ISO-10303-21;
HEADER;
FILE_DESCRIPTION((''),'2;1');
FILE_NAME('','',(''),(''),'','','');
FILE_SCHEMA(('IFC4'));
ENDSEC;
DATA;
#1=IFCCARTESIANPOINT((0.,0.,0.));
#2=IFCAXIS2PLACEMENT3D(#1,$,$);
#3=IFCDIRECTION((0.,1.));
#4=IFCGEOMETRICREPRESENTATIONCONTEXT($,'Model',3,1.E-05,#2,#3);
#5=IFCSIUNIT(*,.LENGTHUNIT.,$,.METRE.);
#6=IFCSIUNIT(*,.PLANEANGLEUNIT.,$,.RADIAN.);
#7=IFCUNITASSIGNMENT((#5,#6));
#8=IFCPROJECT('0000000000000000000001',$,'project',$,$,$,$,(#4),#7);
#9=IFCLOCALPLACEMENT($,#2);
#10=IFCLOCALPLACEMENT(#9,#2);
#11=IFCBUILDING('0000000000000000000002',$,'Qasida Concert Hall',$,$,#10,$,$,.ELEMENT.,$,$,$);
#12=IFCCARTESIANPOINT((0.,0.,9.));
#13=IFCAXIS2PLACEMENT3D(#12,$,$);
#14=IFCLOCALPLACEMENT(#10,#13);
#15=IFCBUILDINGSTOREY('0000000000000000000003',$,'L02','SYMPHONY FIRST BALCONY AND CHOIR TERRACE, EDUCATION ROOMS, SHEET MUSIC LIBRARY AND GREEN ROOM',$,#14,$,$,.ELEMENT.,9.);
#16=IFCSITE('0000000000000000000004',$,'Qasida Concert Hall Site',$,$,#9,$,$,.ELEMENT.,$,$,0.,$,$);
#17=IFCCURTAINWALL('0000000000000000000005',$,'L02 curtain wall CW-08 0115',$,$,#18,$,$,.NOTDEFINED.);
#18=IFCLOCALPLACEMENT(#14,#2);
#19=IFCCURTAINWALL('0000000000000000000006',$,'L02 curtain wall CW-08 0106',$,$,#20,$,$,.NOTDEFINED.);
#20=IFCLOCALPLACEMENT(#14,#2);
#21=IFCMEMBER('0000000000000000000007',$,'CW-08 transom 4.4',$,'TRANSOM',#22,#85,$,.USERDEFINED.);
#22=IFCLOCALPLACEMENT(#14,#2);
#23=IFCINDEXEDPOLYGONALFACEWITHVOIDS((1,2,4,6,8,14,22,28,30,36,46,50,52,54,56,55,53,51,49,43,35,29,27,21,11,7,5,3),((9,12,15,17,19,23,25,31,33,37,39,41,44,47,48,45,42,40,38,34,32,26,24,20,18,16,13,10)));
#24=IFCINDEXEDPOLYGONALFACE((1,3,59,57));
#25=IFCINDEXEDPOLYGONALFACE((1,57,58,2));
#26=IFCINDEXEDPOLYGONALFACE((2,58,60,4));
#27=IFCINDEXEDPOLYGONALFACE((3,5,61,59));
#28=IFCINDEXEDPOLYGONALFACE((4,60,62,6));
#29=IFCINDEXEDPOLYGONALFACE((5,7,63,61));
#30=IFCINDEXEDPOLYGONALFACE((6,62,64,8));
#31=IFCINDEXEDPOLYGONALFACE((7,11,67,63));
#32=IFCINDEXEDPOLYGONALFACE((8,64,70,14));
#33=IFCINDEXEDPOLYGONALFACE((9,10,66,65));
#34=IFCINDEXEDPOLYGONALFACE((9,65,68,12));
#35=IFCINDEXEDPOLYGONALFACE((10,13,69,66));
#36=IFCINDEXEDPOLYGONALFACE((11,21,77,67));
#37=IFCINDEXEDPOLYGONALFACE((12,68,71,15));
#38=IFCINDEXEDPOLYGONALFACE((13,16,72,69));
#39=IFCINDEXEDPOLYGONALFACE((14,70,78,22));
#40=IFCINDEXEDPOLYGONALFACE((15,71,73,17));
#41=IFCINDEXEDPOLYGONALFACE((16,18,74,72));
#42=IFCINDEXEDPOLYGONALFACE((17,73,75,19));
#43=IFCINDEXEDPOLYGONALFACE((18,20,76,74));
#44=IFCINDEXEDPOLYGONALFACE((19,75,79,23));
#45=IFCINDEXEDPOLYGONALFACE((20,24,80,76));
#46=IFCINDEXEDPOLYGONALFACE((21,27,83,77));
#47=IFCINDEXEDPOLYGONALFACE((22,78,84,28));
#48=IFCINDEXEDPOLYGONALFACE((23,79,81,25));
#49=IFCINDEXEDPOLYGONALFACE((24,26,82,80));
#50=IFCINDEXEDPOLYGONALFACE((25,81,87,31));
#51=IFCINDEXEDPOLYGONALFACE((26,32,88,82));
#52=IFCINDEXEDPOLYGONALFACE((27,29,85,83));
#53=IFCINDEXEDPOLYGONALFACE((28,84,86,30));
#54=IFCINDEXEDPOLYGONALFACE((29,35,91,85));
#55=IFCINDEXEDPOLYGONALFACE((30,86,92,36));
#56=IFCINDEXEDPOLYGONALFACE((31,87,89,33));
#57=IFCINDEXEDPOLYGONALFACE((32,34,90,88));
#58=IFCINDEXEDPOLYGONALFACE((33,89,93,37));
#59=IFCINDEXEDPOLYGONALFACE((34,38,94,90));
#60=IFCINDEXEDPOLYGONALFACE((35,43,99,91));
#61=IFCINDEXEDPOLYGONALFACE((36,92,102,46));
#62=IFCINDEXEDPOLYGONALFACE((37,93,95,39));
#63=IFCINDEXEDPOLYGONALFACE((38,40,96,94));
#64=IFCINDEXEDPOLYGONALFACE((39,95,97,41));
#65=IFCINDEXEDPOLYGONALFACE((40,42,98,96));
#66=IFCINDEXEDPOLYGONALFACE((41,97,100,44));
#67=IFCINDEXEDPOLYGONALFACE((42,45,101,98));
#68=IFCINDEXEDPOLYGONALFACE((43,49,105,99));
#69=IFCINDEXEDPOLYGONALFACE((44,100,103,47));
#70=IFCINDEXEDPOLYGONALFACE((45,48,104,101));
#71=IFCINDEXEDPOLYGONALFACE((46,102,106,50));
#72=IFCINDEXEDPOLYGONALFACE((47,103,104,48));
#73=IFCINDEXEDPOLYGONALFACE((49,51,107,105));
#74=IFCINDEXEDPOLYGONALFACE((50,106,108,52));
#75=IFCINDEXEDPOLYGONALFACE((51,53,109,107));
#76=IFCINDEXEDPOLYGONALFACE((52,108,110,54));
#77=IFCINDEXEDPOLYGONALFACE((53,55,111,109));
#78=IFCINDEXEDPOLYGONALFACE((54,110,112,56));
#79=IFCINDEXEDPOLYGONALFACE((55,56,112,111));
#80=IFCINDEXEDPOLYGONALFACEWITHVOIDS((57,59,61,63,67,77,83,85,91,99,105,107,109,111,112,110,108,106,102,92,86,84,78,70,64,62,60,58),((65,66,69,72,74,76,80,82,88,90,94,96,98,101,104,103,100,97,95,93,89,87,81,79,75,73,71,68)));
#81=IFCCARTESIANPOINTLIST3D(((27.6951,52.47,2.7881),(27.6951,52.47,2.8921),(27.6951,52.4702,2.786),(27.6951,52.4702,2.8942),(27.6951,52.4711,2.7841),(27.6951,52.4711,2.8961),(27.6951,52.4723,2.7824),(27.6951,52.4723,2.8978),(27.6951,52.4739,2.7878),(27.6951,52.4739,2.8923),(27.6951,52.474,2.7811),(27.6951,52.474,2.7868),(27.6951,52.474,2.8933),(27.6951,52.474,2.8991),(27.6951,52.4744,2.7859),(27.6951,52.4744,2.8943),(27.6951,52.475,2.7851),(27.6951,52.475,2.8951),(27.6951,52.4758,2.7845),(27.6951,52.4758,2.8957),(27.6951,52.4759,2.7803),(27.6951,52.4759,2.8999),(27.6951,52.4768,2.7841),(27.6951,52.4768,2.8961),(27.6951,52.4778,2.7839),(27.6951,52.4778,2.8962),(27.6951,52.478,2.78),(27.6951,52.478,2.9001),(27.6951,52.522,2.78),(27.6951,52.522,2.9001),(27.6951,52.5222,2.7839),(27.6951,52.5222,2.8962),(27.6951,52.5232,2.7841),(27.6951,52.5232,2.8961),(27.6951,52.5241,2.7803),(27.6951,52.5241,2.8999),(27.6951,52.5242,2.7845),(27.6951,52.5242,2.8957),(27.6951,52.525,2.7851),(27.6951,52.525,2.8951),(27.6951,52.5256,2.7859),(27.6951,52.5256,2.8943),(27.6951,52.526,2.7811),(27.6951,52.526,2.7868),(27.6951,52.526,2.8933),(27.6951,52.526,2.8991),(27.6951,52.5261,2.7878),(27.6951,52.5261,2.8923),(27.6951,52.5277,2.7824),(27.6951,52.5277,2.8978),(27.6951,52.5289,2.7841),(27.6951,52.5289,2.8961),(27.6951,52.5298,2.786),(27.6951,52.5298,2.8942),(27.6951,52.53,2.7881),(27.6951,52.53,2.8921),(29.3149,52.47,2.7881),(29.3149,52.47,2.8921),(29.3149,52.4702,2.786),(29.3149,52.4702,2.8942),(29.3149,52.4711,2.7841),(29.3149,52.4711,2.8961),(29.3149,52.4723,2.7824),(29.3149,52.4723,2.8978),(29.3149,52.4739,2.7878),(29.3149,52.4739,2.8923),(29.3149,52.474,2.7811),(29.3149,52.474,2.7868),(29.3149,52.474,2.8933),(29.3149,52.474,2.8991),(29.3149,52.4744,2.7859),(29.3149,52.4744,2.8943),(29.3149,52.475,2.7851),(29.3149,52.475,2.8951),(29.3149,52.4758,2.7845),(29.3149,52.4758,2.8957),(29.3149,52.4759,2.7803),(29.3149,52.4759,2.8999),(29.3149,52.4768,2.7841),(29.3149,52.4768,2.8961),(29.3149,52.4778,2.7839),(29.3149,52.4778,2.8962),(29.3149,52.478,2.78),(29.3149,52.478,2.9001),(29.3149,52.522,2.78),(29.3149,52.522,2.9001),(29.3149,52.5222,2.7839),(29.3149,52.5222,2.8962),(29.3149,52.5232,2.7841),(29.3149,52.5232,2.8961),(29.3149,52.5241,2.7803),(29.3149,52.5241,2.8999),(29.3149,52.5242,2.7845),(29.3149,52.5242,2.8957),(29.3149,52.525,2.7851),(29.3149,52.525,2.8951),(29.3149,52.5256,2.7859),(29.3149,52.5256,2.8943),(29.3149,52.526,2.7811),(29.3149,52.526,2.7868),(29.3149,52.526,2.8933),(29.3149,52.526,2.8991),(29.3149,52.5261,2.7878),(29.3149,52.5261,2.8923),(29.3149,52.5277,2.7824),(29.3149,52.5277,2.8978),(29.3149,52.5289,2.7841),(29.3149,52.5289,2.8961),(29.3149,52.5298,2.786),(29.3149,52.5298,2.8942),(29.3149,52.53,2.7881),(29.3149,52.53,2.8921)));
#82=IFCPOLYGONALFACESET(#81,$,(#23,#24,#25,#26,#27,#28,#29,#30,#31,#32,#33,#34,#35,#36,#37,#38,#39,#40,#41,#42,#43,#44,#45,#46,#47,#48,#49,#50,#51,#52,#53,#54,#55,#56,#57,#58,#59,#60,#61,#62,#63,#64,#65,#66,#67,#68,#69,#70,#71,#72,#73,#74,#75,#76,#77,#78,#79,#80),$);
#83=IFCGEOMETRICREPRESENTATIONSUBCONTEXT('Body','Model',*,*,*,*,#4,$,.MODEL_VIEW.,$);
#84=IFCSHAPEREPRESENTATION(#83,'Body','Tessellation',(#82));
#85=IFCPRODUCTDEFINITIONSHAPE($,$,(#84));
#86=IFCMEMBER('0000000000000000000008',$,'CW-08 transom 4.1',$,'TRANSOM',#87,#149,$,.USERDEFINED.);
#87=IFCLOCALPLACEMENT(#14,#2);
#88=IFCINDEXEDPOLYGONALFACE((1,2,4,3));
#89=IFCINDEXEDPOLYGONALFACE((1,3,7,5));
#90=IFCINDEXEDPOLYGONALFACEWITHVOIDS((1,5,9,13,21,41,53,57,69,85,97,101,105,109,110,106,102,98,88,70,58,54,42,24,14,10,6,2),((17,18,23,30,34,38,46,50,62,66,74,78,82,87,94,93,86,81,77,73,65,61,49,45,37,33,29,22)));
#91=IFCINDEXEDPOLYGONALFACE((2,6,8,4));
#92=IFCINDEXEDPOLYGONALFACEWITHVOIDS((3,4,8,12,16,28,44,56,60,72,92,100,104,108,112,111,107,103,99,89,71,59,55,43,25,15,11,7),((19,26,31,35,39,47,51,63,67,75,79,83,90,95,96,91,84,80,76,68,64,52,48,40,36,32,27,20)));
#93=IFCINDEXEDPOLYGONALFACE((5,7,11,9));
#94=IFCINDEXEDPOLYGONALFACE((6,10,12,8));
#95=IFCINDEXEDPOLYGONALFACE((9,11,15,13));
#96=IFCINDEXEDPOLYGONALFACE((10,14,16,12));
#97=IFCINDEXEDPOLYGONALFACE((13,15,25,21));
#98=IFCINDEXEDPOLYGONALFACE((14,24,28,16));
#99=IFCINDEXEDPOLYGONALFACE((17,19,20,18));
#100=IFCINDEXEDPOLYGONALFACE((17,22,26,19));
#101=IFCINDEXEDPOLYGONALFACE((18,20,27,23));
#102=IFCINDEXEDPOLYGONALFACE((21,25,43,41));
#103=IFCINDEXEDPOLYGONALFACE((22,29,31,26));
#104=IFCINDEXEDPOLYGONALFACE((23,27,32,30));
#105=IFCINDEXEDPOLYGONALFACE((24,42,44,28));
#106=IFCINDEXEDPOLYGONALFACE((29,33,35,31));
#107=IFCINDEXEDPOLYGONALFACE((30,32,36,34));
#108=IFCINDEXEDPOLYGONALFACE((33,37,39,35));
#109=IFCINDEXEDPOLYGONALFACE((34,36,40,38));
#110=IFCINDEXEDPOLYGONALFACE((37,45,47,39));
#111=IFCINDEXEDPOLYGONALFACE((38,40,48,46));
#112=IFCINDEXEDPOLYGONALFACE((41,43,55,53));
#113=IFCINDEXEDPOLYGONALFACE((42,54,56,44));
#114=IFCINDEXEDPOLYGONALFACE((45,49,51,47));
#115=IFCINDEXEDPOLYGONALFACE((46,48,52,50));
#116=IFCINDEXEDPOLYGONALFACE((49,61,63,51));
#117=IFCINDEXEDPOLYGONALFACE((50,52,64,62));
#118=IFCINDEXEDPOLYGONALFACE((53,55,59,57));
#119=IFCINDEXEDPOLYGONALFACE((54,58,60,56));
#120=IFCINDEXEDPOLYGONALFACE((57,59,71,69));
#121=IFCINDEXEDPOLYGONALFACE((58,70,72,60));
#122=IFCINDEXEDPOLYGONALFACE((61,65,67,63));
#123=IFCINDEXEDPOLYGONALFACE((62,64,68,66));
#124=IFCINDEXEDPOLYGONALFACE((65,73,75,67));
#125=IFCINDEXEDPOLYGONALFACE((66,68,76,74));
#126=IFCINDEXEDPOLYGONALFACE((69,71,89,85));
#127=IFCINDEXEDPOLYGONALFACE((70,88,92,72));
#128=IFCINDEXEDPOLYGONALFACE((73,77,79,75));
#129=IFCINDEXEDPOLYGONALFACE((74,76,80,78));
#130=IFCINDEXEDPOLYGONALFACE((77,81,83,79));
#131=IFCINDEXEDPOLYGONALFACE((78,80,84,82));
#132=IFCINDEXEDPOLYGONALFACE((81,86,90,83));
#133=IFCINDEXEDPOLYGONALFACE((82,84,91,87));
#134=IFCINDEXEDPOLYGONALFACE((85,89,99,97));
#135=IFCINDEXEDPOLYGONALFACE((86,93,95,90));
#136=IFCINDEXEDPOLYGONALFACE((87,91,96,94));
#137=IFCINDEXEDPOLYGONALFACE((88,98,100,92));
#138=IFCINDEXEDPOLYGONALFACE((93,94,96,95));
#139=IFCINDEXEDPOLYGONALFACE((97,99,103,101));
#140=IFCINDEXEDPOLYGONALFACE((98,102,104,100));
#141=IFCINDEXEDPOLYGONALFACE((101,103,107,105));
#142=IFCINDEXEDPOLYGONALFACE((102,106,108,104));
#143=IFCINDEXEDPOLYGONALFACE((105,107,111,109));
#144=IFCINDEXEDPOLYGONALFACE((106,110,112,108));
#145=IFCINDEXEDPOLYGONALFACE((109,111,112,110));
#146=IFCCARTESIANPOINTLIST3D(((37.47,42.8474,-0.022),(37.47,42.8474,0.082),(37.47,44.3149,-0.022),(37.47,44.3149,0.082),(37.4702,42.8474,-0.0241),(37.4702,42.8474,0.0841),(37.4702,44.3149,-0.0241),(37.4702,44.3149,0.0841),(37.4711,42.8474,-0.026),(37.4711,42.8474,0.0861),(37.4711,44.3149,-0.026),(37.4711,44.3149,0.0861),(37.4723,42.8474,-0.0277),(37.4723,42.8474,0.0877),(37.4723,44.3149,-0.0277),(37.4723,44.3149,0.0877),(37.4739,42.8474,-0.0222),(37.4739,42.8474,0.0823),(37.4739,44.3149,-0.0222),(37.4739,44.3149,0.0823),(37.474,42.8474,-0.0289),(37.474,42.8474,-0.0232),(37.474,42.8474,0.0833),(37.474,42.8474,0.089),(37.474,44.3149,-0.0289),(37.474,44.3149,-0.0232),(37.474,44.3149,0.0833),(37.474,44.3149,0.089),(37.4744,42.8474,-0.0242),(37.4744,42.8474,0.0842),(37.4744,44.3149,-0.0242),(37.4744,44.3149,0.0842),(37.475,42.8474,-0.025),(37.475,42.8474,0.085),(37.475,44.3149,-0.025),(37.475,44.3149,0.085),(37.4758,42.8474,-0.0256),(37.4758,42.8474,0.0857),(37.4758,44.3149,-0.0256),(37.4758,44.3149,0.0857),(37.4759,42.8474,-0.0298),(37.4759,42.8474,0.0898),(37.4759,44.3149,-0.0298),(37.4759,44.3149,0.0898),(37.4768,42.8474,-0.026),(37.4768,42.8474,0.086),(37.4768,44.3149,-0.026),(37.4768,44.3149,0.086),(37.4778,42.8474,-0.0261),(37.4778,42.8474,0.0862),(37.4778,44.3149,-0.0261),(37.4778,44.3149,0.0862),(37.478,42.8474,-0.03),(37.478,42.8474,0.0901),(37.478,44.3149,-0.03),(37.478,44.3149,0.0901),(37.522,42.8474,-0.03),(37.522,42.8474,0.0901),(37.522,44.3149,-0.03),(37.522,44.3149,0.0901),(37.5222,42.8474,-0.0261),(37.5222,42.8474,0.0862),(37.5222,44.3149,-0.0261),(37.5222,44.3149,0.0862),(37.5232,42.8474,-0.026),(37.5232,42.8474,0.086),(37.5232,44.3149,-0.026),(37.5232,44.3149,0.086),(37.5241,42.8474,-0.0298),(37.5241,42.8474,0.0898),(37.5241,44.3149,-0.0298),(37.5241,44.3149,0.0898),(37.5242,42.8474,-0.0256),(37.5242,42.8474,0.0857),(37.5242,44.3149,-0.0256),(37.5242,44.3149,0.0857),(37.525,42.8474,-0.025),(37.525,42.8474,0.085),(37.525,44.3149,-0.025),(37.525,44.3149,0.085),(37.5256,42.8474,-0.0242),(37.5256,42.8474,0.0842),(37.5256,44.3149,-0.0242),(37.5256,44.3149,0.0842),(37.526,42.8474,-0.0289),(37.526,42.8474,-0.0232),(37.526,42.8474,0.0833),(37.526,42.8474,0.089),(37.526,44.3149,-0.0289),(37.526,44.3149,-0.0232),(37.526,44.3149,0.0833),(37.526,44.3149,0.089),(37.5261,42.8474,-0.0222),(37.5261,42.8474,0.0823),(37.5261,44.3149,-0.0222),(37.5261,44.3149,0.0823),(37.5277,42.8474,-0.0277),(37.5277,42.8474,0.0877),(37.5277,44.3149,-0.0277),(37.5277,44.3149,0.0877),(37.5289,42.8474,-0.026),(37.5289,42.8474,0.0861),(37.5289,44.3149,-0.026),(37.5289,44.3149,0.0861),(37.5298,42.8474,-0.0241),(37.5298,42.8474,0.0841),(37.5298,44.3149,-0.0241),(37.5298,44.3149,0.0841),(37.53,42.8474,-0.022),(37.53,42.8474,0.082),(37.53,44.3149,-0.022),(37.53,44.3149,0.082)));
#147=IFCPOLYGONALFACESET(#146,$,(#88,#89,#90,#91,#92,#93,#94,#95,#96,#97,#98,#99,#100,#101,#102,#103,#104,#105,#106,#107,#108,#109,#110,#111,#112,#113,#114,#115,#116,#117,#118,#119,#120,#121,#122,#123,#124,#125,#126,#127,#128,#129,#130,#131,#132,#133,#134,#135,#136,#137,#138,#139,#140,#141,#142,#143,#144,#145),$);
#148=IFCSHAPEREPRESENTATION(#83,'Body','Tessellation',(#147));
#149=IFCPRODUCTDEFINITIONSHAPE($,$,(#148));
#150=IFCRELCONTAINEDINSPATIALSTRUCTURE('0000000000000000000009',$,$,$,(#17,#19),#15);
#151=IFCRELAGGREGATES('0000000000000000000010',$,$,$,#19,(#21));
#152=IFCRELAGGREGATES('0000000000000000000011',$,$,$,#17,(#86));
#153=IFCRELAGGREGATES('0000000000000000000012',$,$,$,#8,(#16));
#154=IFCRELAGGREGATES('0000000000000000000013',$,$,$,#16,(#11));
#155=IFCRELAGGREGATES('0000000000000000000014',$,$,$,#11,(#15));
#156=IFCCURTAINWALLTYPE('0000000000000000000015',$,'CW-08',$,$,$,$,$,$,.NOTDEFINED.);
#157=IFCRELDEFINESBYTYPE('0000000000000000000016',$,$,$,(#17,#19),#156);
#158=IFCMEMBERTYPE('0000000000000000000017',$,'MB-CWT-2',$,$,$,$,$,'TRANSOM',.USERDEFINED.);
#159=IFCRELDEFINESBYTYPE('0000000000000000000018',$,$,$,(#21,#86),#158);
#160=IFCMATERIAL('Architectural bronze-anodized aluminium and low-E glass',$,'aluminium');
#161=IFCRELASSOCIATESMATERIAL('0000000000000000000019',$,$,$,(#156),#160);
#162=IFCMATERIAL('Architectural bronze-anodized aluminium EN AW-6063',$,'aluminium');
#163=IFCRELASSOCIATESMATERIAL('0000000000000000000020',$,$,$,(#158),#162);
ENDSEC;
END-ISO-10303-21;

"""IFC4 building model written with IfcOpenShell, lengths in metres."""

from ifc_helpers import new_model, si_unit, direction, frame, origin, origin_2d, place, context, subcontext, project, spatial, hollow_rectangle, extrude, material, material_profile, profile_set, type_object, element, aggregate, save


model = new_model("IFC4")

# Units and contexts
model_context = context("Model", 3, precision=1e-05, world=origin(), true_north=direction((0.0, 1.0)))
body_context = subcontext(model_context, "Body", "Model", "MODEL_VIEW")
ifc_project = project(units=[si_unit("LENGTHUNIT", "METRE"), si_unit("PLANEANGLEUNIT", "RADIAN")], contexts=[model_context])

# Site, building, storey
site_placement = place(None, origin())
site = spatial("IfcSite", under=ifc_project, at=site_placement, Name="Qasida Concert Hall Site", CompositionType="ELEMENT", RefElevation=0.0)
building_placement = place(site_placement, origin())
building = spatial("IfcBuilding", under=site, at=building_placement, Name="Qasida Concert Hall", CompositionType="ELEMENT")
storey_placement = place(building_placement, frame((0.0, 0.0, 9.0)))
storey = spatial("IfcBuildingStorey", under=building, at=storey_placement, Name="L02", Description="SYMPHONY FIRST BALCONY AND CHOIR TERRACE, EDUCATION ROOMS, SHEET MUSIC LIBRARY AND GREEN ROOM", CompositionType="ELEMENT", Elevation=9.0)

# Curtain wall
ifc_material_1 = material(Name="Architectural bronze-anodized aluminium and low-E glass", Category="aluminium")
curtain_wall_type = type_object("IfcCurtainWallType", Name="CW-08", PredefinedType="NOTDEFINED", material=ifc_material_1)
curtain_wall_1_placement = place(storey_placement, origin())
curtain_wall_1 = element("IfcCurtainWall", 1, at=curtain_wall_1_placement, inside=storey, type_object=curtain_wall_type, Name="L02 curtain wall CW-08 0115", PredefinedType="NOTDEFINED")
ifc_material_2 = material(Name="Architectural bronze-anodized aluminium EN AW-6063", Category="aluminium")

# Curtain wall, member
curtain_wall_2_placement = place(storey_placement, origin())
curtain_wall_2 = element("IfcCurtainWall", 2, at=curtain_wall_2_placement, inside=storey, type_object=curtain_wall_type, Name="L02 curtain wall CW-08 0106", PredefinedType="NOTDEFINED")
ifc_material_profile_1 = material_profile(ifc_material_2, hollow_rectangle(XDim=0.0601, YDim=0.1201, WallThickness=0.0039, InnerFilletRadius=0.0039, OuterFilletRadius=0.0081, at=origin_2d()), Name="CWT 120x60x4")
ifc_profile_set_1 = profile_set([ifc_material_profile_1], Name="Architectural bronze-anodized aluminium EN AW-6063")
member_type_1 = type_object("IfcMemberType", Name="MB-CWT-2", ElementType="TRANSOM", PredefinedType="USERDEFINED", material=ifc_profile_set_1)
member_1_placement = place(storey_placement, frame((27.6951, 52.5, 2.8401), z_axis=(1.0, 0.0, 0.0), x_axis=(0.0, 1.0, 0.0)))
member_1 = element("IfcMember", 3, at=member_1_placement, type_object=member_type_1, Name="CW-08 transom 4.4", ObjectType="TRANSOM", PredefinedType="USERDEFINED", context=body_context, shape_type="SweptSolid", body=[
    extrude(hollow_rectangle(XDim=0.0601, YDim=0.1201, WallThickness=0.0039, InnerFilletRadius=0.0039, OuterFilletRadius=0.0081, at=origin_2d()), origin(), (0.0, 0.0, 1.0), 1.6199),
])

# Member
member_2_placement = place(storey_placement, frame((37.5, 42.8474, 0.03), z_axis=(0.0, 1.0, 0.0), x_axis=(-1.0, 0.0, 0.0)))
member_2 = element("IfcMember", 4, at=member_2_placement, type_object=member_type_1, Name="CW-08 transom 4.1", ObjectType="TRANSOM", PredefinedType="USERDEFINED", context=body_context, shape_type="SweptSolid", body=[
    extrude(hollow_rectangle(XDim=0.0601, YDim=0.1201, WallThickness=0.0039, InnerFilletRadius=0.0039, OuterFilletRadius=0.0081, at=origin_2d()), origin(), (0.0, 0.0, 1.0), 1.4675),
])

aggregate(curtain_wall_2, [member_1])
aggregate(curtain_wall_1, [member_2])

save(model, "model.ifc")
